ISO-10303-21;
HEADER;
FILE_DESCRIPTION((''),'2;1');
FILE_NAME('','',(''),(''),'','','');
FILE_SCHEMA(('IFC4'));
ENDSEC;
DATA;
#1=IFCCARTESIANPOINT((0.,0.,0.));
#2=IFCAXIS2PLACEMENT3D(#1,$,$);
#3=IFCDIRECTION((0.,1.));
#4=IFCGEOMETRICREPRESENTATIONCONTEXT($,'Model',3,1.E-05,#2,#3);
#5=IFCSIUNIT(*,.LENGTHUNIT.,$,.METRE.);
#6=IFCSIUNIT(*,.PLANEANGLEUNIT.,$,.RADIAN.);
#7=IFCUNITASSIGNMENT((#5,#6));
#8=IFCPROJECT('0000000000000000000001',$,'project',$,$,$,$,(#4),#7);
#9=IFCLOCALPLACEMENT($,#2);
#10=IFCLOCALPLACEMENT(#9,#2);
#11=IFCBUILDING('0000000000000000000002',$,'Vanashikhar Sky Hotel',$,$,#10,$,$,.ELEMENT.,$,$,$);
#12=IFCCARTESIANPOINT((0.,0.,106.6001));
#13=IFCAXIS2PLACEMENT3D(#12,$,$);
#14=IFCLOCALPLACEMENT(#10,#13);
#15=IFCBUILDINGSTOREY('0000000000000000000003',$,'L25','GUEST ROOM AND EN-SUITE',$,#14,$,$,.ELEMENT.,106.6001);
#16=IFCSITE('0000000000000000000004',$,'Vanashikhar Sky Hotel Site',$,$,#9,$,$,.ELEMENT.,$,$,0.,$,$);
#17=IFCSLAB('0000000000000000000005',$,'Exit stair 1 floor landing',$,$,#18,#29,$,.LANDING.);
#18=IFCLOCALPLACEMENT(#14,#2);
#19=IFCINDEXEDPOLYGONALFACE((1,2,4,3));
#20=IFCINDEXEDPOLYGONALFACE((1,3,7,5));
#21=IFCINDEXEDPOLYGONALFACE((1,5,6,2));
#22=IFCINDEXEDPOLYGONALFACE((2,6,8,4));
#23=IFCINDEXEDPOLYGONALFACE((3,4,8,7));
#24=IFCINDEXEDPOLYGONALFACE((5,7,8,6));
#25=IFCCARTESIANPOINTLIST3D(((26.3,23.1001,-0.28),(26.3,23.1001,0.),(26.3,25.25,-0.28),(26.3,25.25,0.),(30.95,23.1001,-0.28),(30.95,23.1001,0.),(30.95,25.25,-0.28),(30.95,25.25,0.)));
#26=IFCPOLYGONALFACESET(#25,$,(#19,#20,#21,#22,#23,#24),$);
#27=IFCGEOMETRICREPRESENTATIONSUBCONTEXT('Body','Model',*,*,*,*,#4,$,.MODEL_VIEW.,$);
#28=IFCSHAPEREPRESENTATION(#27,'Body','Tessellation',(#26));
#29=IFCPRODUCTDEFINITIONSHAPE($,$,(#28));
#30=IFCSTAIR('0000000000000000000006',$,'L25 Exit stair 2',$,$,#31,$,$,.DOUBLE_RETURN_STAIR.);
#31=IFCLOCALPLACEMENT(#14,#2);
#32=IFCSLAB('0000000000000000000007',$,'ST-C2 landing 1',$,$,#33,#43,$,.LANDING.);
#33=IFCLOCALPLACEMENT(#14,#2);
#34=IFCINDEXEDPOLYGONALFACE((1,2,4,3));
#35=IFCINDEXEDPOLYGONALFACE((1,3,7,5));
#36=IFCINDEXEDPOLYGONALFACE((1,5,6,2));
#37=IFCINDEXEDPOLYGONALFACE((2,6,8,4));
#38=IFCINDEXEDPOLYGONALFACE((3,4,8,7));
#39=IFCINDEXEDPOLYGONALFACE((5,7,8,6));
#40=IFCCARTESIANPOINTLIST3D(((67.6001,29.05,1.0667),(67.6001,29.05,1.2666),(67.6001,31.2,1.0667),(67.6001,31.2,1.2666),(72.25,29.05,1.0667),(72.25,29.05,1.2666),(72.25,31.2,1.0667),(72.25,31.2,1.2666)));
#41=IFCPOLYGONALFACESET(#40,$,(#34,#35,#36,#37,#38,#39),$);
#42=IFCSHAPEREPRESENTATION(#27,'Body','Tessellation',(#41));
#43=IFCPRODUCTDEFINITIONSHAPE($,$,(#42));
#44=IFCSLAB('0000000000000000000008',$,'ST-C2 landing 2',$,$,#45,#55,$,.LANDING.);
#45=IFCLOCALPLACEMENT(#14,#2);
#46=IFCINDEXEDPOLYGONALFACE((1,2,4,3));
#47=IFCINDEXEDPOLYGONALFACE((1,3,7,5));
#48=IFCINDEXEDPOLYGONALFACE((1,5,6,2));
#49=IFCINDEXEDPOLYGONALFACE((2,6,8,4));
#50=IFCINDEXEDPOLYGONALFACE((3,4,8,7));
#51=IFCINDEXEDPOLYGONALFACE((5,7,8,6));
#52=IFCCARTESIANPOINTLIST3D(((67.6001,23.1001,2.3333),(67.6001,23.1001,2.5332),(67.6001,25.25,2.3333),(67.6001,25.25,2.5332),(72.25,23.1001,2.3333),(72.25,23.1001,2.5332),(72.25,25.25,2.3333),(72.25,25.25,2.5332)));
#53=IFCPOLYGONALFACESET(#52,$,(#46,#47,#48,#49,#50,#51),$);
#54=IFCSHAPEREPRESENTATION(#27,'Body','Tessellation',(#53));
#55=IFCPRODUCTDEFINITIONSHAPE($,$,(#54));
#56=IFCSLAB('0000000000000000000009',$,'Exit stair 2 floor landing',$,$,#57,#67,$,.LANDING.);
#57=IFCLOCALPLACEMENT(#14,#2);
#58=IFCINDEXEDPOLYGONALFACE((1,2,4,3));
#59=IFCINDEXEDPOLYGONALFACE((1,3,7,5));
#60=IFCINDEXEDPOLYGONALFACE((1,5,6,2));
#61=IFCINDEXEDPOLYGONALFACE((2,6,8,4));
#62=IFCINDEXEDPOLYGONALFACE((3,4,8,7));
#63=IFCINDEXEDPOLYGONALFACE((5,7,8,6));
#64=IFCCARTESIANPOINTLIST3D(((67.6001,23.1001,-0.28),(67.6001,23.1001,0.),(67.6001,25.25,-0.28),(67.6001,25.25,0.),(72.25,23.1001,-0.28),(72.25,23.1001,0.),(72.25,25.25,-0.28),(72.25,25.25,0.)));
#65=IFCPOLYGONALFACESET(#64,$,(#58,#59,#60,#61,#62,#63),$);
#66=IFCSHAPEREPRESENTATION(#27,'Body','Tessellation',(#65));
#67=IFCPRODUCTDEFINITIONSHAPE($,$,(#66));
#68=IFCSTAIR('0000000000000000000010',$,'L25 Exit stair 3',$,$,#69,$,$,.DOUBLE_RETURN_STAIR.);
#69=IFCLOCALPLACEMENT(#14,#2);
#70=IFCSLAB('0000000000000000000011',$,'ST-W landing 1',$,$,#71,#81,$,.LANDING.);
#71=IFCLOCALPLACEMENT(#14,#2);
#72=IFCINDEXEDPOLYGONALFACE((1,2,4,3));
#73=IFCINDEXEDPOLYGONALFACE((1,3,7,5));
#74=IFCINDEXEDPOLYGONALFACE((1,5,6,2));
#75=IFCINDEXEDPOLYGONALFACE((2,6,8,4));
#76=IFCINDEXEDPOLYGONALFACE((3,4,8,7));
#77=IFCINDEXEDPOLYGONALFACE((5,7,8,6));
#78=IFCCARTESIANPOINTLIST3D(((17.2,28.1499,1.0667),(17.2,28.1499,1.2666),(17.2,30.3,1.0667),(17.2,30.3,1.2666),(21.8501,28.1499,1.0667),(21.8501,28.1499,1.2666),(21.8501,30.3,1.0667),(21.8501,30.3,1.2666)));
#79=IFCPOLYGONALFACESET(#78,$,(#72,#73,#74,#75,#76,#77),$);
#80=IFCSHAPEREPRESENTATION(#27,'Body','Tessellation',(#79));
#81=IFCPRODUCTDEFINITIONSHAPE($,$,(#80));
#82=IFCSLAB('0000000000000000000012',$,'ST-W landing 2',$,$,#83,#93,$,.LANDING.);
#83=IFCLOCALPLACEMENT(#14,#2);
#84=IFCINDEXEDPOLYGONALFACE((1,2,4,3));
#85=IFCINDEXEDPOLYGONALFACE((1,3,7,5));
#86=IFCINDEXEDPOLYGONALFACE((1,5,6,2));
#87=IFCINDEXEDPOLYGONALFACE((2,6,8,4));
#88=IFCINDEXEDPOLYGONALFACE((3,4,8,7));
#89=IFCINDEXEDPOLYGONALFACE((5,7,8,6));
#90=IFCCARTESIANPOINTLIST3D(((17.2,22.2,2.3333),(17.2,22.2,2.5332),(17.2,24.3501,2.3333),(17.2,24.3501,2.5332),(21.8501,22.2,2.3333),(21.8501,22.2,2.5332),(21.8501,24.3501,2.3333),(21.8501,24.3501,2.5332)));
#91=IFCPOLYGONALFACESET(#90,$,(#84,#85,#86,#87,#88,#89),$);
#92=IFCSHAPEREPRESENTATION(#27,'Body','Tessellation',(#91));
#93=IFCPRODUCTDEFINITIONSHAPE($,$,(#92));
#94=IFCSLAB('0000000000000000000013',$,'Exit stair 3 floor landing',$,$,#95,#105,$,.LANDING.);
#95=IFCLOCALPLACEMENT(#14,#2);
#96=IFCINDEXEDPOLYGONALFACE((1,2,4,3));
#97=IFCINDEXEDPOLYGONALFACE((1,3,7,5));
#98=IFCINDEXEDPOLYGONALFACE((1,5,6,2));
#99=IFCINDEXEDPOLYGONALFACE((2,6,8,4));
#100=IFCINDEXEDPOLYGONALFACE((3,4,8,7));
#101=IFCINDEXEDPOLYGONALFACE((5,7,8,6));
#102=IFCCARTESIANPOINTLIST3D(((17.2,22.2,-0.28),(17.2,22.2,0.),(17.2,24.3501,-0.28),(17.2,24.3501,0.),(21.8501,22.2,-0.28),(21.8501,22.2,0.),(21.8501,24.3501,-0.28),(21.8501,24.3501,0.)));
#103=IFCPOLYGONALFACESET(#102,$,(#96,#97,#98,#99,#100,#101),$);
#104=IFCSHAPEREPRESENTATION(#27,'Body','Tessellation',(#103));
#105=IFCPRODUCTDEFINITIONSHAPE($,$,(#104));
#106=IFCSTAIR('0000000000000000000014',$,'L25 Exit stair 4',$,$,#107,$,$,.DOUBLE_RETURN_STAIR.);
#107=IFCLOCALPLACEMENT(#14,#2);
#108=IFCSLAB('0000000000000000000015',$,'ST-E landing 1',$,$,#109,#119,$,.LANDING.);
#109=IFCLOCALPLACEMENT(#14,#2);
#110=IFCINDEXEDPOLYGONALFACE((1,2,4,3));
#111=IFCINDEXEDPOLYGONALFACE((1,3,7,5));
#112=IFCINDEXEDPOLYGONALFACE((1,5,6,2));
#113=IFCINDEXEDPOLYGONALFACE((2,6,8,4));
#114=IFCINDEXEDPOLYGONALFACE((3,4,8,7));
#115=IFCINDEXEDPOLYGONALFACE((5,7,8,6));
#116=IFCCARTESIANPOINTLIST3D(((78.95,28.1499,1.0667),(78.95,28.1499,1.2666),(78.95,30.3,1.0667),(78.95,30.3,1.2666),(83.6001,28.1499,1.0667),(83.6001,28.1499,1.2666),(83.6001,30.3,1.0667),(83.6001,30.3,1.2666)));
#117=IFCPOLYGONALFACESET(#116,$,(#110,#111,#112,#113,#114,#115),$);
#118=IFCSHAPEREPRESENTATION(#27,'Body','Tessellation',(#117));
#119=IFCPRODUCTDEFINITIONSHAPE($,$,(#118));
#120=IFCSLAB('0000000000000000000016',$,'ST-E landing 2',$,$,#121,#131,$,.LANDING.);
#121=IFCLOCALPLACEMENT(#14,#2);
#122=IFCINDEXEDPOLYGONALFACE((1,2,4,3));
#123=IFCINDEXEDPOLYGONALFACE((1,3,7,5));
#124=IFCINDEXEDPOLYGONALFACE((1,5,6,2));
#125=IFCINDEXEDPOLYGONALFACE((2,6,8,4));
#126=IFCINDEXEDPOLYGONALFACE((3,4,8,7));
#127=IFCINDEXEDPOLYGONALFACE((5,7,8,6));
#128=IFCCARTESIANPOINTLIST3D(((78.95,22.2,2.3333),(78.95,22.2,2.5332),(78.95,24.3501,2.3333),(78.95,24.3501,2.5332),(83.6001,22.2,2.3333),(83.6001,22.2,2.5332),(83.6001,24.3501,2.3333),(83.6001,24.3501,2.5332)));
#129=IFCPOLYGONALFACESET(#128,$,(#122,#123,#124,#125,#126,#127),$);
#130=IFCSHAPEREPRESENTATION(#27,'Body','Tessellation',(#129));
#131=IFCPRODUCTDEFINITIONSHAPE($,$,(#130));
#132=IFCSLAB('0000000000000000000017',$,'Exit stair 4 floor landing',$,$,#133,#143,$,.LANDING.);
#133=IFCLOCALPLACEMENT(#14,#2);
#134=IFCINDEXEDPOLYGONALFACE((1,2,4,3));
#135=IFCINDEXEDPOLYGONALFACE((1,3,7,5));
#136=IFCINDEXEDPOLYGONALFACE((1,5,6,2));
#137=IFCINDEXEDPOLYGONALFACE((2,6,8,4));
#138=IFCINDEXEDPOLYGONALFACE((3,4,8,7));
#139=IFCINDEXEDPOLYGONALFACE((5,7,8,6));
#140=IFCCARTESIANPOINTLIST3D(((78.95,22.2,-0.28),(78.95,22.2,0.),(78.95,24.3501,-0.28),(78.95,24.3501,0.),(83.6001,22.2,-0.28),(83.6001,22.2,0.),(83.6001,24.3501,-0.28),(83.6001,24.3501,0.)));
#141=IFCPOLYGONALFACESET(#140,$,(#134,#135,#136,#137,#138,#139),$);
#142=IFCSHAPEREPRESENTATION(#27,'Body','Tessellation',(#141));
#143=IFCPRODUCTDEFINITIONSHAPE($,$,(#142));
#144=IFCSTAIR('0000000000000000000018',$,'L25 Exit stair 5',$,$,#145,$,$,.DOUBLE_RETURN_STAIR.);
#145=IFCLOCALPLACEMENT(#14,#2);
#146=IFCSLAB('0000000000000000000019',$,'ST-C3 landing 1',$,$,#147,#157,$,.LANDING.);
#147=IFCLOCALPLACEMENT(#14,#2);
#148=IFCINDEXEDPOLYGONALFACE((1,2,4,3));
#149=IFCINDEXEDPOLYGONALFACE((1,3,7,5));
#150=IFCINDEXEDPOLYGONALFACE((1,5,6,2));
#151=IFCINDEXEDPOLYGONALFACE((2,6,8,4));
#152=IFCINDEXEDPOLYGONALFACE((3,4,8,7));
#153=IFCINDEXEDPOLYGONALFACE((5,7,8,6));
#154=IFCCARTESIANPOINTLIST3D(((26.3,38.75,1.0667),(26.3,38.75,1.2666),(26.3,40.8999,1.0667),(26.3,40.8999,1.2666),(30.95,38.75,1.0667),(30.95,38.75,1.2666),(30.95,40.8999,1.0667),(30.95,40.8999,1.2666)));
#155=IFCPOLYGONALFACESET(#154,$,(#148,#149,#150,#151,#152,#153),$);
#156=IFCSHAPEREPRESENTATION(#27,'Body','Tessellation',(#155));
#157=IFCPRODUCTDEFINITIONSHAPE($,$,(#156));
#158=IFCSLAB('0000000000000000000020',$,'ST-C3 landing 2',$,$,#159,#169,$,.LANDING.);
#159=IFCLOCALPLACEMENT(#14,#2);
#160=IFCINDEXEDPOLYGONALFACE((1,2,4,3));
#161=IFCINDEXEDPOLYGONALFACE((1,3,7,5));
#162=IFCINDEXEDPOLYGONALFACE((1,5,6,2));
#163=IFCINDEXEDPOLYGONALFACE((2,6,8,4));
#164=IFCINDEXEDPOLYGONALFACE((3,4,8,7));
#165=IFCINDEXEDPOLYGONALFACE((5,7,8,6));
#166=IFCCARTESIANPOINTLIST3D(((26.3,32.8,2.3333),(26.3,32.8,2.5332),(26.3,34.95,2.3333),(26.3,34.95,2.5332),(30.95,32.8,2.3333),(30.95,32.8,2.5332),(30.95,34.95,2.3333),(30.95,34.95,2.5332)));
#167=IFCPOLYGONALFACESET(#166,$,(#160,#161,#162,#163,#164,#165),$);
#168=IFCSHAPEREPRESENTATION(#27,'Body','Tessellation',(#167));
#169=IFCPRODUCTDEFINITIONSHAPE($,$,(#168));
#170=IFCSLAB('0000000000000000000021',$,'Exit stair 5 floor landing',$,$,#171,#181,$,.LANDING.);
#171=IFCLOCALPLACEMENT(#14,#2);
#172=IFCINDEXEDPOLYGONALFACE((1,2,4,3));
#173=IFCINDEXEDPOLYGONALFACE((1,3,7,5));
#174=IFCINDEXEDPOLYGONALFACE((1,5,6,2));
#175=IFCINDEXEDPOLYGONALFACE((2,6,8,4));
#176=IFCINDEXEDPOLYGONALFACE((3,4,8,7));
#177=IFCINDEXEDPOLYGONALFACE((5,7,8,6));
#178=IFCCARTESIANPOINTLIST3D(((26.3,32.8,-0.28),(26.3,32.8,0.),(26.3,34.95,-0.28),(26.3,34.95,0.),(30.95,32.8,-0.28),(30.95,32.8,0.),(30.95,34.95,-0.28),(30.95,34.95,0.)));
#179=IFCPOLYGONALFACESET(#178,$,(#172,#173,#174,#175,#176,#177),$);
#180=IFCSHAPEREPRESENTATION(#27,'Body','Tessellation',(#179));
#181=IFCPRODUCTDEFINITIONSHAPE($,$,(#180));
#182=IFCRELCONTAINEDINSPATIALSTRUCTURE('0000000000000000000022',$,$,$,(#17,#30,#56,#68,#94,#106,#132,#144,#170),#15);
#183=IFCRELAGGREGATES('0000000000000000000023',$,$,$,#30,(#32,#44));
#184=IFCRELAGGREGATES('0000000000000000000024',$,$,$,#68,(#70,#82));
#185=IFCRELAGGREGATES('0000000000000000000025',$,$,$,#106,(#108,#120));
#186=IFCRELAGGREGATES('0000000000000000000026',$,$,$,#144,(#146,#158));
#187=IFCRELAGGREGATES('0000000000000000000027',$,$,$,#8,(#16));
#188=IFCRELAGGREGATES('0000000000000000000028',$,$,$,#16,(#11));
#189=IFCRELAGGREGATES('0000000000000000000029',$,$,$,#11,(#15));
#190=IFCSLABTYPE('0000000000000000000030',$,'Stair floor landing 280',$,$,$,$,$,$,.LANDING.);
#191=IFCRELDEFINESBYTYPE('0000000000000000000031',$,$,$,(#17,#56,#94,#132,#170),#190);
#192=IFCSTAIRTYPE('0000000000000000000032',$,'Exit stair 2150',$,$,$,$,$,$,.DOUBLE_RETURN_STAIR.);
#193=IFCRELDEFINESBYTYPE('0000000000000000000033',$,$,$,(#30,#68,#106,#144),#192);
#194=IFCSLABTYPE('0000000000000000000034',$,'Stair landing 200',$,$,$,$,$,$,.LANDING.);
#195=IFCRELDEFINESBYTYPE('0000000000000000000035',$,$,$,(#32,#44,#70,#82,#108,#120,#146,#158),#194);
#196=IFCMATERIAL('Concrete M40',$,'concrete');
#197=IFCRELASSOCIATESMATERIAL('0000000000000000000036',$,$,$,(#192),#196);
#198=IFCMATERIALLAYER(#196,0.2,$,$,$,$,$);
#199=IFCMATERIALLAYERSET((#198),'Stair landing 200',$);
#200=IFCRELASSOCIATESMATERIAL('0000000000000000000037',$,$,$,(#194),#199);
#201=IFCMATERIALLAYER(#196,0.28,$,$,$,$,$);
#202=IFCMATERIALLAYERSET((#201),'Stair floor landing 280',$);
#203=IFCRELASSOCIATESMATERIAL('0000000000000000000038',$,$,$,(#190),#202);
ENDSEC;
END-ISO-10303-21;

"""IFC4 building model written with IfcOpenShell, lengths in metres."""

from ifc_helpers import new_model, si_unit, direction, frame, origin, place, context, subcontext, project, spatial, polyline, outline, extrude, source, transform, mapped, material, layer, layer_set, type_object, element, aggregate, save


model = new_model("IFC4")

# Units and contexts
model_context = context("Model", 3, precision=1e-05, world=origin(), true_north=direction((0.0, 1.0)))
body_context = subcontext(model_context, "Body", "Model", "MODEL_VIEW")
ifc_project = project(units=[si_unit("LENGTHUNIT", "METRE"), si_unit("PLANEANGLEUNIT", "RADIAN")], contexts=[model_context])

# Site, building, storey
site_placement = place(None, origin())
site = spatial("IfcSite", under=ifc_project, at=site_placement, Name="Vanashikhar Sky Hotel Site", CompositionType="ELEMENT", RefElevation=0.0)
building_placement = place(site_placement, origin())
building = spatial("IfcBuilding", under=site, at=building_placement, Name="Vanashikhar Sky Hotel", CompositionType="ELEMENT")
storey_placement = place(building_placement, frame((0.0, 0.0, 106.6001)))
storey = spatial("IfcBuildingStorey", under=building, at=storey_placement, Name="L25", Description="GUEST ROOM AND EN-SUITE", CompositionType="ELEMENT", Elevation=106.6001)

# Shared definitions
ifc_material_1 = material(Name="Concrete M40", Category="concrete")

# Shared definitions
stair_type = type_object("IfcStairType", Name="Exit stair 2150", PredefinedType="DOUBLE_RETURN_STAIR", material=ifc_material_1)
ifc_layer_1 = layer(ifc_material_1, 0.2)
ifc_layer_set_1 = layer_set([ifc_layer_1], Name="Stair landing 200")
slab_type_1 = type_object("IfcSlabType", Name="Stair landing 200", PredefinedType="LANDING", material=ifc_layer_set_1)

# Slab
ifc_layer_2 = layer(ifc_material_1, 0.28)
ifc_layer_set_2 = layer_set([ifc_layer_2], Name="Stair floor landing 280")
slab_type_2 = type_object("IfcSlabType", Name="Stair floor landing 280", PredefinedType="LANDING", material=ifc_layer_set_2)
shared_shape_1 = source(origin(), body_context, "Body", "SweptSolid", [
    extrude(outline(polyline([(30.95, 23.1001), (30.95, 25.25), (26.3, 25.25), (26.3, 23.1001), (30.95, 23.1001)])), origin(), (0.0, 0.0, 1.0), 0.28),
])
slab_1_placement = place(storey_placement, frame((0.0, 0.0, -0.28)))
element("IfcSlab", 1, at=slab_1_placement, inside=storey, type_object=slab_type_2, Name="Exit stair 1 floor landing", PredefinedType="LANDING", context=body_context, shape_type="MappedRepresentation", body=[
    mapped(shared_shape_1, transform((0.0, 0.0, 0.0), scale=1.0)),
])

# Stair, slabs
stair_1_placement = place(storey_placement, origin())
stair_1 = element("IfcStair", 2, at=stair_1_placement, inside=storey, type_object=stair_type, Name="L25 Exit stair 2", PredefinedType="DOUBLE_RETURN_STAIR")
shared_shape_2 = source(origin(), body_context, "Body", "SweptSolid", [
    extrude(outline(polyline([(72.25, 29.05), (72.25, 31.2), (67.6001, 31.2), (67.6001, 29.05), (72.25, 29.05)])), origin(), (0.0, 0.0, 1.0), 0.2),
])
slab_2_placement = place(storey_placement, frame((0.0, 0.0, 1.0667)))
slab_2 = element("IfcSlab", 3, at=slab_2_placement, type_object=slab_type_1, Name="ST-C2 landing 1", PredefinedType="LANDING", context=body_context, shape_type="MappedRepresentation", body=[
    mapped(shared_shape_2, transform((0.0, 0.0, 0.0), scale=1.0)),
])
shared_shape_3 = source(origin(), body_context, "Body", "SweptSolid", [
    extrude(outline(polyline([(72.25, 23.1001), (72.25, 25.25), (67.6001, 25.25), (67.6001, 23.1001), (72.25, 23.1001)])), origin(), (0.0, 0.0, 1.0), 0.2),
])
slab_3_placement = place(storey_placement, frame((0.0, 0.0, 2.3333)))
slab_3 = element("IfcSlab", 4, at=slab_3_placement, type_object=slab_type_1, Name="ST-C2 landing 2", PredefinedType="LANDING", context=body_context, shape_type="MappedRepresentation", body=[
    mapped(shared_shape_3, transform((0.0, 0.0, 0.0), scale=1.0)),
])
aggregate(stair_1, [slab_2, slab_3])

# Slab
shared_shape_4 = source(origin(), body_context, "Body", "SweptSolid", [
    extrude(outline(polyline([(72.25, 23.1001), (72.25, 25.25), (67.6001, 25.25), (67.6001, 23.1001), (72.25, 23.1001)])), origin(), (0.0, 0.0, 1.0), 0.28),
])
slab_4_placement = place(storey_placement, frame((0.0, 0.0, -0.28)))
element("IfcSlab", 5, at=slab_4_placement, inside=storey, type_object=slab_type_2, Name="Exit stair 2 floor landing", PredefinedType="LANDING", context=body_context, shape_type="MappedRepresentation", body=[
    mapped(shared_shape_4, transform((0.0, 0.0, 0.0), scale=1.0)),
])

# Stair, slabs
stair_2_placement = place(storey_placement, origin())
stair_2 = element("IfcStair", 6, at=stair_2_placement, inside=storey, type_object=stair_type, Name="L25 Exit stair 3", PredefinedType="DOUBLE_RETURN_STAIR")
shared_shape_5 = source(origin(), body_context, "Body", "SweptSolid", [
    extrude(outline(polyline([(21.8501, 28.1499), (21.8501, 30.3), (17.2, 30.3), (17.2, 28.1499), (21.8501, 28.1499)])), origin(), (0.0, 0.0, 1.0), 0.2),
])
slab_5_placement = place(storey_placement, frame((0.0, 0.0, 1.0667)))
slab_5 = element("IfcSlab", 7, at=slab_5_placement, type_object=slab_type_1, Name="ST-W landing 1", PredefinedType="LANDING", context=body_context, shape_type="MappedRepresentation", body=[
    mapped(shared_shape_5, transform((0.0, 0.0, 0.0), scale=1.0)),
])
shared_shape_6 = source(origin(), body_context, "Body", "SweptSolid", [
    extrude(outline(polyline([(21.8501, 22.2), (21.8501, 24.3501), (17.2, 24.3501), (17.2, 22.2), (21.8501, 22.2)])), origin(), (0.0, 0.0, 1.0), 0.2),
])
slab_6_placement = place(storey_placement, frame((0.0, 0.0, 2.3333)))
slab_6 = element("IfcSlab", 8, at=slab_6_placement, type_object=slab_type_1, Name="ST-W landing 2", PredefinedType="LANDING", context=body_context, shape_type="MappedRepresentation", body=[
    mapped(shared_shape_6, transform((0.0, 0.0, 0.0), scale=1.0)),
])
aggregate(stair_2, [slab_5, slab_6])

# Slab
shared_shape_7 = source(origin(), body_context, "Body", "SweptSolid", [
    extrude(outline(polyline([(21.8501, 22.2), (21.8501, 24.3501), (17.2, 24.3501), (17.2, 22.2), (21.8501, 22.2)])), origin(), (0.0, 0.0, 1.0), 0.28),
])
slab_7_placement = place(storey_placement, frame((0.0, 0.0, -0.28)))
element("IfcSlab", 9, at=slab_7_placement, inside=storey, type_object=slab_type_2, Name="Exit stair 3 floor landing", PredefinedType="LANDING", context=body_context, shape_type="MappedRepresentation", body=[
    mapped(shared_shape_7, transform((0.0, 0.0, 0.0), scale=1.0)),
])

# Stair, slabs
stair_3_placement = place(storey_placement, origin())
stair_3 = element("IfcStair", 10, at=stair_3_placement, inside=storey, type_object=stair_type, Name="L25 Exit stair 4", PredefinedType="DOUBLE_RETURN_STAIR")
shared_shape_8 = source(origin(), body_context, "Body", "SweptSolid", [
    extrude(outline(polyline([(83.6001, 28.1499), (83.6001, 30.3), (78.95, 30.3), (78.95, 28.1499), (83.6001, 28.1499)])), origin(), (0.0, 0.0, 1.0), 0.2),
])
slab_8_placement = place(storey_placement, frame((0.0, 0.0, 1.0667)))
slab_8 = element("IfcSlab", 11, at=slab_8_placement, type_object=slab_type_1, Name="ST-E landing 1", PredefinedType="LANDING", context=body_context, shape_type="MappedRepresentation", body=[
    mapped(shared_shape_8, transform((0.0, 0.0, 0.0), scale=1.0)),
])
shared_shape_9 = source(origin(), body_context, "Body", "SweptSolid", [
    extrude(outline(polyline([(83.6001, 22.2), (83.6001, 24.3501), (78.95, 24.3501), (78.95, 22.2), (83.6001, 22.2)])), origin(), (0.0, 0.0, 1.0), 0.2),
])
slab_9_placement = place(storey_placement, frame((0.0, 0.0, 2.3333)))
slab_9 = element("IfcSlab", 12, at=slab_9_placement, type_object=slab_type_1, Name="ST-E landing 2", PredefinedType="LANDING", context=body_context, shape_type="MappedRepresentation", body=[
    mapped(shared_shape_9, transform((0.0, 0.0, 0.0), scale=1.0)),
])
aggregate(stair_3, [slab_8, slab_9])

# Slab
shared_shape_10 = source(origin(), body_context, "Body", "SweptSolid", [
    extrude(outline(polyline([(83.6001, 22.2), (83.6001, 24.3501), (78.95, 24.3501), (78.95, 22.2), (83.6001, 22.2)])), origin(), (0.0, 0.0, 1.0), 0.28),
])
slab_10_placement = place(storey_placement, frame((0.0, 0.0, -0.28)))
element("IfcSlab", 13, at=slab_10_placement, inside=storey, type_object=slab_type_2, Name="Exit stair 4 floor landing", PredefinedType="LANDING", context=body_context, shape_type="MappedRepresentation", body=[
    mapped(shared_shape_10, transform((0.0, 0.0, 0.0), scale=1.0)),
])

# Stair, slabs
stair_4_placement = place(storey_placement, origin())
stair_4 = element("IfcStair", 14, at=stair_4_placement, inside=storey, type_object=stair_type, Name="L25 Exit stair 5", PredefinedType="DOUBLE_RETURN_STAIR")
shared_shape_11 = source(origin(), body_context, "Body", "SweptSolid", [
    extrude(outline(polyline([(30.95, 38.75), (30.95, 40.8999), (26.3, 40.8999), (26.3, 38.75), (30.95, 38.75)])), origin(), (0.0, 0.0, 1.0), 0.2),
])
slab_11_placement = place(storey_placement, frame((0.0, 0.0, 1.0667)))
slab_11 = element("IfcSlab", 15, at=slab_11_placement, type_object=slab_type_1, Name="ST-C3 landing 1", PredefinedType="LANDING", context=body_context, shape_type="MappedRepresentation", body=[
    mapped(shared_shape_11, transform((0.0, 0.0, 0.0), scale=1.0)),
])
shared_shape_12 = source(origin(), body_context, "Body", "SweptSolid", [
    extrude(outline(polyline([(30.95, 32.8), (30.95, 34.95), (26.3, 34.95), (26.3, 32.8), (30.95, 32.8)])), origin(), (0.0, 0.0, 1.0), 0.2),
])
slab_12_placement = place(storey_placement, frame((0.0, 0.0, 2.3333)))
slab_12 = element("IfcSlab", 16, at=slab_12_placement, type_object=slab_type_1, Name="ST-C3 landing 2", PredefinedType="LANDING", context=body_context, shape_type="MappedRepresentation", body=[
    mapped(shared_shape_12, transform((0.0, 0.0, 0.0), scale=1.0)),
])
aggregate(stair_4, [slab_11, slab_12])

# Slab
shared_shape_13 = source(origin(), body_context, "Body", "SweptSolid", [
    extrude(outline(polyline([(30.95, 32.8), (30.95, 34.95), (26.3, 34.95), (26.3, 32.8), (30.95, 32.8)])), origin(), (0.0, 0.0, 1.0), 0.28),
])
slab_13_placement = place(storey_placement, frame((0.0, 0.0, -0.28)))
element("IfcSlab", 17, at=slab_13_placement, inside=storey, type_object=slab_type_2, Name="Exit stair 5 floor landing", PredefinedType="LANDING", context=body_context, shape_type="MappedRepresentation", body=[
    mapped(shared_shape_13, transform((0.0, 0.0, 0.0), scale=1.0)),
])

save(model, "model.ifc")
